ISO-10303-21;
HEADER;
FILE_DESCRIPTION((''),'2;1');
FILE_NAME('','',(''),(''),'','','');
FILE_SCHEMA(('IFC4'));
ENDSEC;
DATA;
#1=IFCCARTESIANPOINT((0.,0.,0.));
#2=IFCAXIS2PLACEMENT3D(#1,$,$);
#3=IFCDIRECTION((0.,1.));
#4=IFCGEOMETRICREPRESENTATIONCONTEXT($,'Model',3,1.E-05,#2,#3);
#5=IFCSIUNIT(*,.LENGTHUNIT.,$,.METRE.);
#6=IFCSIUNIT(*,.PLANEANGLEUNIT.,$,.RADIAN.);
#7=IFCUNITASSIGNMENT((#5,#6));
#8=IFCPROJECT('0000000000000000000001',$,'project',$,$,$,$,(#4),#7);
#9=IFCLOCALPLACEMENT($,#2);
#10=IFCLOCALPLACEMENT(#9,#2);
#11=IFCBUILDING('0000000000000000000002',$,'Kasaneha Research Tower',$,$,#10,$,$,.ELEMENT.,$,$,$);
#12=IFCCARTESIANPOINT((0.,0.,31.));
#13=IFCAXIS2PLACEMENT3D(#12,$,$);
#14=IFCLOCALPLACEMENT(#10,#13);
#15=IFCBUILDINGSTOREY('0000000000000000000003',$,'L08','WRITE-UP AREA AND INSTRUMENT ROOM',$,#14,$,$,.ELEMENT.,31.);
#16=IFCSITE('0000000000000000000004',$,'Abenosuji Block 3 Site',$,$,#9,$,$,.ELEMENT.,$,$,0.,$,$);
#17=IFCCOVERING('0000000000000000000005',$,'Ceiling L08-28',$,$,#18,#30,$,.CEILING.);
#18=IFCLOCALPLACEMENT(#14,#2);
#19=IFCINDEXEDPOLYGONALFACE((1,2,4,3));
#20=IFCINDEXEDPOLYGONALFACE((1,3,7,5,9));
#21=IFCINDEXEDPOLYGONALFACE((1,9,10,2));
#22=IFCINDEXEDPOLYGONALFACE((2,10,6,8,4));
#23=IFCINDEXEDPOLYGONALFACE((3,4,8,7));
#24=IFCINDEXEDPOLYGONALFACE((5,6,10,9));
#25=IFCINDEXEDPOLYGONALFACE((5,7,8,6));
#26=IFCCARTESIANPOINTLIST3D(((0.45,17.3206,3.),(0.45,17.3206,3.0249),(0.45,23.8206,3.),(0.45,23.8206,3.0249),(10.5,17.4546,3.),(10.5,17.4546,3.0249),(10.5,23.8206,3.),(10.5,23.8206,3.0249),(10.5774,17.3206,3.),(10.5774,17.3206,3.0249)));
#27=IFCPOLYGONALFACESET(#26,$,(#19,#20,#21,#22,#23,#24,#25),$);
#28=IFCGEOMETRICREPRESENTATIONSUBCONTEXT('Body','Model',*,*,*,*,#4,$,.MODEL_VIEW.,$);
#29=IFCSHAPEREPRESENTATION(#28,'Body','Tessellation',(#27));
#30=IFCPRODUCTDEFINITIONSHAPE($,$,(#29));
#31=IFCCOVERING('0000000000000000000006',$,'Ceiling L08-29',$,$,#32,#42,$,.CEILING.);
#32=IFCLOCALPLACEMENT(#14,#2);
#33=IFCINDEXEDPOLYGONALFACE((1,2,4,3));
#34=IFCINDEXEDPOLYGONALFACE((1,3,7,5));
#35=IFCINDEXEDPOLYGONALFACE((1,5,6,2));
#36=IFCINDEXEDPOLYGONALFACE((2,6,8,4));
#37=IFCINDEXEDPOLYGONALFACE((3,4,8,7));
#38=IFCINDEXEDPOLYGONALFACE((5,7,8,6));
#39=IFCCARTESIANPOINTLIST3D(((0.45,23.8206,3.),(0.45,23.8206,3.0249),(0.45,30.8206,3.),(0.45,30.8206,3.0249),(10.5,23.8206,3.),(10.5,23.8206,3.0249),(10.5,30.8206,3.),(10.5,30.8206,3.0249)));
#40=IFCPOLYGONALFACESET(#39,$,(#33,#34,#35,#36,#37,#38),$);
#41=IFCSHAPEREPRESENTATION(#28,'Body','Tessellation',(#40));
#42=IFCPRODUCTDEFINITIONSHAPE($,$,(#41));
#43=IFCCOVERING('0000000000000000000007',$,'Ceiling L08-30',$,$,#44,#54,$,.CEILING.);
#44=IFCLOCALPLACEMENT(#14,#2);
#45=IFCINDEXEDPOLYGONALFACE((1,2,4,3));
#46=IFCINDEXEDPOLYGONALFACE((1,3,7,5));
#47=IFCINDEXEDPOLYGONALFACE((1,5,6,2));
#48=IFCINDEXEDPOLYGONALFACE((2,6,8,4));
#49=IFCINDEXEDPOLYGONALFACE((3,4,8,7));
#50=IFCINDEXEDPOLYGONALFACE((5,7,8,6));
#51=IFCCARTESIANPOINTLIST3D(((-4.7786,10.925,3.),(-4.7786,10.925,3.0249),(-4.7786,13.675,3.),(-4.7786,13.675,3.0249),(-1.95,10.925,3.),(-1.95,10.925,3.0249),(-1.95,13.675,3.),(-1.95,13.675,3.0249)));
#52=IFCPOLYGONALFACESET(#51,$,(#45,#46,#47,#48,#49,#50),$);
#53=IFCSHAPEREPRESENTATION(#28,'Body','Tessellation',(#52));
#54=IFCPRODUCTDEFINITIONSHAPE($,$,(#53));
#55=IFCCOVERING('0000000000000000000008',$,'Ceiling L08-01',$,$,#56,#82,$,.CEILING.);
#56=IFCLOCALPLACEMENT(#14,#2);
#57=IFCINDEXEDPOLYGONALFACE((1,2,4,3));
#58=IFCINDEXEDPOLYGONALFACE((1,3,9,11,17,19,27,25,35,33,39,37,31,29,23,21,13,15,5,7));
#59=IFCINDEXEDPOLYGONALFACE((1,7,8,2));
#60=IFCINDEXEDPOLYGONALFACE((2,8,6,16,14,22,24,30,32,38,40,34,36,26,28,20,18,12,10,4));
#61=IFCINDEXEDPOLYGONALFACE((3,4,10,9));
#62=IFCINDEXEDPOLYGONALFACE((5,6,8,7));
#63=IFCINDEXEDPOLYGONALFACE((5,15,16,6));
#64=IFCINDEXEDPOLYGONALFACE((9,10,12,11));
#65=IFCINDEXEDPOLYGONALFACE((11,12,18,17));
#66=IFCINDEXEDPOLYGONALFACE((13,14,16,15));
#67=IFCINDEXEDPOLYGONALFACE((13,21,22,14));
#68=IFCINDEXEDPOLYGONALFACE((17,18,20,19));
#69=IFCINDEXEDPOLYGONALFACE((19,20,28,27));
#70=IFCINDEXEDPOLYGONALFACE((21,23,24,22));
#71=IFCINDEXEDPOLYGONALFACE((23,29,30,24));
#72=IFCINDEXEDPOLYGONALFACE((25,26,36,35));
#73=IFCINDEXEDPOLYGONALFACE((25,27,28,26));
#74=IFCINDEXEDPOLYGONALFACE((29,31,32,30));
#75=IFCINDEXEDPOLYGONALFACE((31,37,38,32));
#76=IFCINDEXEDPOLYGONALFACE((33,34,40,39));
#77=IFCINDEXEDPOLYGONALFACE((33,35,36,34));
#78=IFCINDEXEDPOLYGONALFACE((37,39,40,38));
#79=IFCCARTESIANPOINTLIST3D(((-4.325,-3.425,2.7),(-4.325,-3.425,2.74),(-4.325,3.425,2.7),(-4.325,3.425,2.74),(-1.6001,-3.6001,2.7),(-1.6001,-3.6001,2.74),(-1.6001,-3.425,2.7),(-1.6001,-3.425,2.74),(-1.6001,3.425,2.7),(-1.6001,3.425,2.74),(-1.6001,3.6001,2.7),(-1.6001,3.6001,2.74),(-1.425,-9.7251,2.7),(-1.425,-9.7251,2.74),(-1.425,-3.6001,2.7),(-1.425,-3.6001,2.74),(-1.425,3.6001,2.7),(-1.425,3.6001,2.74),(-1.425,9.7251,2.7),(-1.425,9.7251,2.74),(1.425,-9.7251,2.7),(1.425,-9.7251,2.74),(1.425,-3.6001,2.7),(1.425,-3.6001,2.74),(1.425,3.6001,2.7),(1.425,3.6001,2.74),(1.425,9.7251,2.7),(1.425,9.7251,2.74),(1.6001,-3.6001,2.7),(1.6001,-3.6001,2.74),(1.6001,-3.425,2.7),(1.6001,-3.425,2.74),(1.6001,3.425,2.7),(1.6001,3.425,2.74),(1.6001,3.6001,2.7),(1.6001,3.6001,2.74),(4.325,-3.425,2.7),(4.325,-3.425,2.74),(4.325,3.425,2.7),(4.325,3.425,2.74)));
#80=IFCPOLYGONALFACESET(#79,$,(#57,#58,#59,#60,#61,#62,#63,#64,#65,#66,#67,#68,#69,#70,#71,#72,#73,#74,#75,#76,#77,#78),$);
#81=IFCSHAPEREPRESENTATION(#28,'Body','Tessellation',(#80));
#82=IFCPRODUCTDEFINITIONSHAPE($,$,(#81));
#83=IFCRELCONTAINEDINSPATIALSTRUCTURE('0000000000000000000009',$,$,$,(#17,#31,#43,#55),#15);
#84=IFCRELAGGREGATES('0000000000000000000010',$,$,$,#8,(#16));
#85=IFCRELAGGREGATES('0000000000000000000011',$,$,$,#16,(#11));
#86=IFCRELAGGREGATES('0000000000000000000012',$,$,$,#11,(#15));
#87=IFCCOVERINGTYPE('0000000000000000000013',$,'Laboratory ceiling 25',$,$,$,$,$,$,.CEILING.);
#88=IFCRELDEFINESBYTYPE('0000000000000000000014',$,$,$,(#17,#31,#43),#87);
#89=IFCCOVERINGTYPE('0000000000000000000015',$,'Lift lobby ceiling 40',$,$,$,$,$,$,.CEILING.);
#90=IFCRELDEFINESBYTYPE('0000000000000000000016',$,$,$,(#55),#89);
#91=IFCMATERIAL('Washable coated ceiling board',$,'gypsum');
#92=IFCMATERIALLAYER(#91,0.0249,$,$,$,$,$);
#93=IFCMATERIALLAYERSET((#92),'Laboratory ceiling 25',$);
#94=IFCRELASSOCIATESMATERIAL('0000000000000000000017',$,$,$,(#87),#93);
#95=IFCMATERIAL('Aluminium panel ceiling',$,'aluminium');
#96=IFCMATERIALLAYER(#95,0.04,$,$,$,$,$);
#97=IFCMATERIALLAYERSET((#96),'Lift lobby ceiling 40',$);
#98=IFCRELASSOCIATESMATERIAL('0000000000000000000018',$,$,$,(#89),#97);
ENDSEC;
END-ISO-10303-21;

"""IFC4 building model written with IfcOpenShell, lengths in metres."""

from ifc_helpers import new_model, si_unit, direction, frame, origin, place, context, subcontext, project, spatial, polyline, outline, extrude, material, layer, layer_set, type_object, element, save


model = new_model("IFC4")

# Units and contexts
model_context = context("Model", 3, precision=1e-05, world=origin(), true_north=direction((0.0, 1.0)))
body_context = subcontext(model_context, "Body", "Model", "MODEL_VIEW")
ifc_project = project(units=[si_unit("LENGTHUNIT", "METRE"), si_unit("PLANEANGLEUNIT", "RADIAN")], contexts=[model_context])

# Site, building, storey
site_placement = place(None, origin())
site = spatial("IfcSite", under=ifc_project, at=site_placement, Name="Abenosuji Block 3 Site", CompositionType="ELEMENT", RefElevation=0.0)
building_placement = place(site_placement, origin())
building = spatial("IfcBuilding", under=site, at=building_placement, Name="Kasaneha Research Tower", CompositionType="ELEMENT")
storey_placement = place(building_placement, frame((0.0, 0.0, 31.0)))
storey = spatial("IfcBuildingStorey", under=building, at=storey_placement, Name="L08", Description="WRITE-UP AREA AND INSTRUMENT ROOM", CompositionType="ELEMENT", Elevation=31.0)

# Coverings
ifc_material_1 = material(Name="Washable coated ceiling board", Category="gypsum")
ifc_layer_1 = layer(ifc_material_1, 0.0249)
ifc_layer_set_1 = layer_set([ifc_layer_1], Name="Laboratory ceiling 25")
covering_type_1 = type_object("IfcCoveringType", Name="Laboratory ceiling 25", PredefinedType="CEILING", material=ifc_layer_set_1)
covering_1_placement = place(storey_placement, frame((0.0, 0.0, 3.0)))
element("IfcCovering", 1, at=covering_1_placement, inside=storey, type_object=covering_type_1, Name="Ceiling L08-28", PredefinedType="CEILING", context=body_context, shape_type="SweptSolid", body=[
    extrude(outline(polyline([(10.5, 23.8206), (10.5, 17.4546), (10.5774, 17.3206), (0.45, 17.3206), (0.45, 23.8206), (10.5, 23.8206)])), origin(), (0.0, 0.0, 1.0), 0.0249),
])
covering_2_placement = place(storey_placement, frame((0.0, 0.0, 3.0)))
element("IfcCovering", 2, at=covering_2_placement, inside=storey, type_object=covering_type_1, Name="Ceiling L08-29", PredefinedType="CEILING", context=body_context, shape_type="SweptSolid", body=[
    extrude(outline(polyline([(10.5, 30.8206), (10.5, 23.8206), (0.45, 23.8206), (0.45, 30.8206), (10.5, 30.8206)])), origin(), (0.0, 0.0, 1.0), 0.0249),
])
covering_3_placement = place(storey_placement, frame((0.0, 0.0, 3.0)))
element("IfcCovering", 3, at=covering_3_placement, inside=storey, type_object=covering_type_1, Name="Ceiling L08-30", PredefinedType="CEILING", context=body_context, shape_type="SweptSolid", body=[
    extrude(outline(polyline([(-4.7786, 10.925), (-4.7786, 13.675), (-1.95, 13.675), (-1.95, 10.925), (-4.7786, 10.925)])), origin(), (0.0, 0.0, 1.0), 0.0249),
])
ifc_material_2 = material(Name="Aluminium panel ceiling", Category="aluminium")
ifc_layer_2 = layer(ifc_material_2, 0.04)
ifc_layer_set_2 = layer_set([ifc_layer_2], Name="Lift lobby ceiling 40")
covering_type_2 = type_object("IfcCoveringType", Name="Lift lobby ceiling 40", PredefinedType="CEILING", material=ifc_layer_set_2)
covering_4_placement = place(storey_placement, frame((0.0, 0.0, 2.7)))
element("IfcCovering", 4, at=covering_4_placement, inside=storey, type_object=covering_type_2, Name="Ceiling L08-01", PredefinedType="CEILING", context=body_context, shape_type="SweptSolid", body=[
    extrude(outline(polyline([(1.425, 9.7251), (1.425, 3.6001), (1.6001, 3.6001), (1.6001, 3.425), (4.325, 3.425), (4.325, -3.425), (1.6001, -3.425), (1.6001, -3.6001), (1.425, -3.6001), (1.425, -9.7251), (-1.425, -9.7251), (-1.425, -3.6001), (-1.6001, -3.6001), (-1.6001, -3.425), (-4.325, -3.425), (-4.325, 3.425), (-1.6001, 3.425), (-1.6001, 3.6001), (-1.425, 3.6001), (-1.425, 9.7251), (1.425, 9.7251)])), origin(), (0.0, 0.0, 1.0), 0.04),
])

save(model, "model.ifc")
